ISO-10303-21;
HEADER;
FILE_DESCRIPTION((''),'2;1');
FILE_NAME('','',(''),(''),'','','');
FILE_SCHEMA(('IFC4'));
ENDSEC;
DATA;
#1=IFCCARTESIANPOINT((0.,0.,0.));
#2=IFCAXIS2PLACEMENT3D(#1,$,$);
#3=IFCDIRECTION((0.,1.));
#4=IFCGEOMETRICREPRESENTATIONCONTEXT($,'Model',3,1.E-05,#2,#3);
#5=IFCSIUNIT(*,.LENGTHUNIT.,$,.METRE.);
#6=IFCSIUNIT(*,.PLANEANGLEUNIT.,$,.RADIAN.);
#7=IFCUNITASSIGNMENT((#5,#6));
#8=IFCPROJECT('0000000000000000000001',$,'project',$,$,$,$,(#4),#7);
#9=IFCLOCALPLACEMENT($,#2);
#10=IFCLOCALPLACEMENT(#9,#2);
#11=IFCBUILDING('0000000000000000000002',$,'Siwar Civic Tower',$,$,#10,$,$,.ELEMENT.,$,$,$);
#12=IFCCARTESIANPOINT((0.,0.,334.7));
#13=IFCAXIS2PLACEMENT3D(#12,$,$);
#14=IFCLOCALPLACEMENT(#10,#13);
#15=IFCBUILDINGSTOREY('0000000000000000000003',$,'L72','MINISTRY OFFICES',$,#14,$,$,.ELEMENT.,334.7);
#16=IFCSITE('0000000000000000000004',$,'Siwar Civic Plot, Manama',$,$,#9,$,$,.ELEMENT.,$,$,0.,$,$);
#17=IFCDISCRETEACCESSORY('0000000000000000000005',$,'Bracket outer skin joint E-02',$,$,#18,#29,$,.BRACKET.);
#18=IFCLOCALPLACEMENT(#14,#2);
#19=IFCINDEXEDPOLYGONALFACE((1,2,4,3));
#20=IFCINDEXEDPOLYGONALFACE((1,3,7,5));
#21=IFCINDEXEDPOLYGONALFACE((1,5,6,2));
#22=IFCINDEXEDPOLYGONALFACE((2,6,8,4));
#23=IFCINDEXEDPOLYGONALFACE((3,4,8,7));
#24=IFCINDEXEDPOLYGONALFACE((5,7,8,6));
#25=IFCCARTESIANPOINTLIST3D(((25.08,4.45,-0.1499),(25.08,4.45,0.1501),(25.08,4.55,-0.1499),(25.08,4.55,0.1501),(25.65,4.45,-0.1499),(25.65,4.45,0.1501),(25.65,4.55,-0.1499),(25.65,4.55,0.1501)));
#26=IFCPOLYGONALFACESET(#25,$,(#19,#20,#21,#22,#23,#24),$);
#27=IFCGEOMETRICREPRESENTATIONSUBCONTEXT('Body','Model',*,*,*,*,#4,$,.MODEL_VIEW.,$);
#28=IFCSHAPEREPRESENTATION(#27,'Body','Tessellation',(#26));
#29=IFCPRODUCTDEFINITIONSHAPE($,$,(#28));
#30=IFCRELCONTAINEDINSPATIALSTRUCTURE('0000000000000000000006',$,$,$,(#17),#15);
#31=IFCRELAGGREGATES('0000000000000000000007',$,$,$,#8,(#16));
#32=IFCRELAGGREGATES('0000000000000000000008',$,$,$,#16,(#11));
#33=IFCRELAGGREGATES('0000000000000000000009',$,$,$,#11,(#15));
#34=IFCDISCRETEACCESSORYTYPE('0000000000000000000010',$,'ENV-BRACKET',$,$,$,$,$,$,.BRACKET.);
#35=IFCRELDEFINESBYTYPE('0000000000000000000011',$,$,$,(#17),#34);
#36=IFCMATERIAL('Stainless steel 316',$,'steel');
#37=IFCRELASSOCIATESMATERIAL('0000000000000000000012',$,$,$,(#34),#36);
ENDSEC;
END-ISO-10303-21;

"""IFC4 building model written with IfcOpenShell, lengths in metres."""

from ifc_helpers import new_model, si_unit, direction, frame, origin, origin_2d, place, context, subcontext, project, spatial, rectangle, extrude, material, type_object, element, save


model = new_model("IFC4")

# Units and contexts
model_context = context("Model", 3, precision=1e-05, world=origin(), true_north=direction((0.0, 1.0)))
body_context = subcontext(model_context, "Body", "Model", "MODEL_VIEW")
ifc_project = project(units=[si_unit("LENGTHUNIT", "METRE"), si_unit("PLANEANGLEUNIT", "RADIAN")], contexts=[model_context])

# Site, building, storey
site_placement = place(None, origin())
site = spatial("IfcSite", under=ifc_project, at=site_placement, Name="Siwar Civic Plot, Manama", CompositionType="ELEMENT", RefElevation=0.0)
building_placement = place(site_placement, origin())
building = spatial("IfcBuilding", under=site, at=building_placement, Name="Siwar Civic Tower", CompositionType="ELEMENT")
storey_placement = place(building_placement, frame((0.0, 0.0, 334.7)))
storey = spatial("IfcBuildingStorey", under=building, at=storey_placement, Name="L72", Description="MINISTRY OFFICES", CompositionType="ELEMENT", Elevation=334.7)

# Discrete accessory
ifc_material_1 = material(Name="Stainless steel 316", Category="steel")
discrete_accessory_type = type_object("IfcDiscreteAccessoryType", Name="ENV-BRACKET", PredefinedType="BRACKET", material=ifc_material_1)
discrete_accessory_placement = place(storey_placement, frame((25.365, 4.5, -0.1499), z_axis=(0.0, 0.0, 1.0), x_axis=(1.0, 0.0, 0.0)))
element("IfcDiscreteAccessory", 1, at=discrete_accessory_placement, inside=storey, type_object=discrete_accessory_type, Name="Bracket outer skin joint E-02", PredefinedType="BRACKET", context=body_context, shape_type="SweptSolid", body=[
    extrude(rectangle(XDim=0.5701, YDim=0.1001, at=origin_2d()), origin(), (0.0, 0.0, 1.0), 0.3),
])

save(model, "model.ifc")
